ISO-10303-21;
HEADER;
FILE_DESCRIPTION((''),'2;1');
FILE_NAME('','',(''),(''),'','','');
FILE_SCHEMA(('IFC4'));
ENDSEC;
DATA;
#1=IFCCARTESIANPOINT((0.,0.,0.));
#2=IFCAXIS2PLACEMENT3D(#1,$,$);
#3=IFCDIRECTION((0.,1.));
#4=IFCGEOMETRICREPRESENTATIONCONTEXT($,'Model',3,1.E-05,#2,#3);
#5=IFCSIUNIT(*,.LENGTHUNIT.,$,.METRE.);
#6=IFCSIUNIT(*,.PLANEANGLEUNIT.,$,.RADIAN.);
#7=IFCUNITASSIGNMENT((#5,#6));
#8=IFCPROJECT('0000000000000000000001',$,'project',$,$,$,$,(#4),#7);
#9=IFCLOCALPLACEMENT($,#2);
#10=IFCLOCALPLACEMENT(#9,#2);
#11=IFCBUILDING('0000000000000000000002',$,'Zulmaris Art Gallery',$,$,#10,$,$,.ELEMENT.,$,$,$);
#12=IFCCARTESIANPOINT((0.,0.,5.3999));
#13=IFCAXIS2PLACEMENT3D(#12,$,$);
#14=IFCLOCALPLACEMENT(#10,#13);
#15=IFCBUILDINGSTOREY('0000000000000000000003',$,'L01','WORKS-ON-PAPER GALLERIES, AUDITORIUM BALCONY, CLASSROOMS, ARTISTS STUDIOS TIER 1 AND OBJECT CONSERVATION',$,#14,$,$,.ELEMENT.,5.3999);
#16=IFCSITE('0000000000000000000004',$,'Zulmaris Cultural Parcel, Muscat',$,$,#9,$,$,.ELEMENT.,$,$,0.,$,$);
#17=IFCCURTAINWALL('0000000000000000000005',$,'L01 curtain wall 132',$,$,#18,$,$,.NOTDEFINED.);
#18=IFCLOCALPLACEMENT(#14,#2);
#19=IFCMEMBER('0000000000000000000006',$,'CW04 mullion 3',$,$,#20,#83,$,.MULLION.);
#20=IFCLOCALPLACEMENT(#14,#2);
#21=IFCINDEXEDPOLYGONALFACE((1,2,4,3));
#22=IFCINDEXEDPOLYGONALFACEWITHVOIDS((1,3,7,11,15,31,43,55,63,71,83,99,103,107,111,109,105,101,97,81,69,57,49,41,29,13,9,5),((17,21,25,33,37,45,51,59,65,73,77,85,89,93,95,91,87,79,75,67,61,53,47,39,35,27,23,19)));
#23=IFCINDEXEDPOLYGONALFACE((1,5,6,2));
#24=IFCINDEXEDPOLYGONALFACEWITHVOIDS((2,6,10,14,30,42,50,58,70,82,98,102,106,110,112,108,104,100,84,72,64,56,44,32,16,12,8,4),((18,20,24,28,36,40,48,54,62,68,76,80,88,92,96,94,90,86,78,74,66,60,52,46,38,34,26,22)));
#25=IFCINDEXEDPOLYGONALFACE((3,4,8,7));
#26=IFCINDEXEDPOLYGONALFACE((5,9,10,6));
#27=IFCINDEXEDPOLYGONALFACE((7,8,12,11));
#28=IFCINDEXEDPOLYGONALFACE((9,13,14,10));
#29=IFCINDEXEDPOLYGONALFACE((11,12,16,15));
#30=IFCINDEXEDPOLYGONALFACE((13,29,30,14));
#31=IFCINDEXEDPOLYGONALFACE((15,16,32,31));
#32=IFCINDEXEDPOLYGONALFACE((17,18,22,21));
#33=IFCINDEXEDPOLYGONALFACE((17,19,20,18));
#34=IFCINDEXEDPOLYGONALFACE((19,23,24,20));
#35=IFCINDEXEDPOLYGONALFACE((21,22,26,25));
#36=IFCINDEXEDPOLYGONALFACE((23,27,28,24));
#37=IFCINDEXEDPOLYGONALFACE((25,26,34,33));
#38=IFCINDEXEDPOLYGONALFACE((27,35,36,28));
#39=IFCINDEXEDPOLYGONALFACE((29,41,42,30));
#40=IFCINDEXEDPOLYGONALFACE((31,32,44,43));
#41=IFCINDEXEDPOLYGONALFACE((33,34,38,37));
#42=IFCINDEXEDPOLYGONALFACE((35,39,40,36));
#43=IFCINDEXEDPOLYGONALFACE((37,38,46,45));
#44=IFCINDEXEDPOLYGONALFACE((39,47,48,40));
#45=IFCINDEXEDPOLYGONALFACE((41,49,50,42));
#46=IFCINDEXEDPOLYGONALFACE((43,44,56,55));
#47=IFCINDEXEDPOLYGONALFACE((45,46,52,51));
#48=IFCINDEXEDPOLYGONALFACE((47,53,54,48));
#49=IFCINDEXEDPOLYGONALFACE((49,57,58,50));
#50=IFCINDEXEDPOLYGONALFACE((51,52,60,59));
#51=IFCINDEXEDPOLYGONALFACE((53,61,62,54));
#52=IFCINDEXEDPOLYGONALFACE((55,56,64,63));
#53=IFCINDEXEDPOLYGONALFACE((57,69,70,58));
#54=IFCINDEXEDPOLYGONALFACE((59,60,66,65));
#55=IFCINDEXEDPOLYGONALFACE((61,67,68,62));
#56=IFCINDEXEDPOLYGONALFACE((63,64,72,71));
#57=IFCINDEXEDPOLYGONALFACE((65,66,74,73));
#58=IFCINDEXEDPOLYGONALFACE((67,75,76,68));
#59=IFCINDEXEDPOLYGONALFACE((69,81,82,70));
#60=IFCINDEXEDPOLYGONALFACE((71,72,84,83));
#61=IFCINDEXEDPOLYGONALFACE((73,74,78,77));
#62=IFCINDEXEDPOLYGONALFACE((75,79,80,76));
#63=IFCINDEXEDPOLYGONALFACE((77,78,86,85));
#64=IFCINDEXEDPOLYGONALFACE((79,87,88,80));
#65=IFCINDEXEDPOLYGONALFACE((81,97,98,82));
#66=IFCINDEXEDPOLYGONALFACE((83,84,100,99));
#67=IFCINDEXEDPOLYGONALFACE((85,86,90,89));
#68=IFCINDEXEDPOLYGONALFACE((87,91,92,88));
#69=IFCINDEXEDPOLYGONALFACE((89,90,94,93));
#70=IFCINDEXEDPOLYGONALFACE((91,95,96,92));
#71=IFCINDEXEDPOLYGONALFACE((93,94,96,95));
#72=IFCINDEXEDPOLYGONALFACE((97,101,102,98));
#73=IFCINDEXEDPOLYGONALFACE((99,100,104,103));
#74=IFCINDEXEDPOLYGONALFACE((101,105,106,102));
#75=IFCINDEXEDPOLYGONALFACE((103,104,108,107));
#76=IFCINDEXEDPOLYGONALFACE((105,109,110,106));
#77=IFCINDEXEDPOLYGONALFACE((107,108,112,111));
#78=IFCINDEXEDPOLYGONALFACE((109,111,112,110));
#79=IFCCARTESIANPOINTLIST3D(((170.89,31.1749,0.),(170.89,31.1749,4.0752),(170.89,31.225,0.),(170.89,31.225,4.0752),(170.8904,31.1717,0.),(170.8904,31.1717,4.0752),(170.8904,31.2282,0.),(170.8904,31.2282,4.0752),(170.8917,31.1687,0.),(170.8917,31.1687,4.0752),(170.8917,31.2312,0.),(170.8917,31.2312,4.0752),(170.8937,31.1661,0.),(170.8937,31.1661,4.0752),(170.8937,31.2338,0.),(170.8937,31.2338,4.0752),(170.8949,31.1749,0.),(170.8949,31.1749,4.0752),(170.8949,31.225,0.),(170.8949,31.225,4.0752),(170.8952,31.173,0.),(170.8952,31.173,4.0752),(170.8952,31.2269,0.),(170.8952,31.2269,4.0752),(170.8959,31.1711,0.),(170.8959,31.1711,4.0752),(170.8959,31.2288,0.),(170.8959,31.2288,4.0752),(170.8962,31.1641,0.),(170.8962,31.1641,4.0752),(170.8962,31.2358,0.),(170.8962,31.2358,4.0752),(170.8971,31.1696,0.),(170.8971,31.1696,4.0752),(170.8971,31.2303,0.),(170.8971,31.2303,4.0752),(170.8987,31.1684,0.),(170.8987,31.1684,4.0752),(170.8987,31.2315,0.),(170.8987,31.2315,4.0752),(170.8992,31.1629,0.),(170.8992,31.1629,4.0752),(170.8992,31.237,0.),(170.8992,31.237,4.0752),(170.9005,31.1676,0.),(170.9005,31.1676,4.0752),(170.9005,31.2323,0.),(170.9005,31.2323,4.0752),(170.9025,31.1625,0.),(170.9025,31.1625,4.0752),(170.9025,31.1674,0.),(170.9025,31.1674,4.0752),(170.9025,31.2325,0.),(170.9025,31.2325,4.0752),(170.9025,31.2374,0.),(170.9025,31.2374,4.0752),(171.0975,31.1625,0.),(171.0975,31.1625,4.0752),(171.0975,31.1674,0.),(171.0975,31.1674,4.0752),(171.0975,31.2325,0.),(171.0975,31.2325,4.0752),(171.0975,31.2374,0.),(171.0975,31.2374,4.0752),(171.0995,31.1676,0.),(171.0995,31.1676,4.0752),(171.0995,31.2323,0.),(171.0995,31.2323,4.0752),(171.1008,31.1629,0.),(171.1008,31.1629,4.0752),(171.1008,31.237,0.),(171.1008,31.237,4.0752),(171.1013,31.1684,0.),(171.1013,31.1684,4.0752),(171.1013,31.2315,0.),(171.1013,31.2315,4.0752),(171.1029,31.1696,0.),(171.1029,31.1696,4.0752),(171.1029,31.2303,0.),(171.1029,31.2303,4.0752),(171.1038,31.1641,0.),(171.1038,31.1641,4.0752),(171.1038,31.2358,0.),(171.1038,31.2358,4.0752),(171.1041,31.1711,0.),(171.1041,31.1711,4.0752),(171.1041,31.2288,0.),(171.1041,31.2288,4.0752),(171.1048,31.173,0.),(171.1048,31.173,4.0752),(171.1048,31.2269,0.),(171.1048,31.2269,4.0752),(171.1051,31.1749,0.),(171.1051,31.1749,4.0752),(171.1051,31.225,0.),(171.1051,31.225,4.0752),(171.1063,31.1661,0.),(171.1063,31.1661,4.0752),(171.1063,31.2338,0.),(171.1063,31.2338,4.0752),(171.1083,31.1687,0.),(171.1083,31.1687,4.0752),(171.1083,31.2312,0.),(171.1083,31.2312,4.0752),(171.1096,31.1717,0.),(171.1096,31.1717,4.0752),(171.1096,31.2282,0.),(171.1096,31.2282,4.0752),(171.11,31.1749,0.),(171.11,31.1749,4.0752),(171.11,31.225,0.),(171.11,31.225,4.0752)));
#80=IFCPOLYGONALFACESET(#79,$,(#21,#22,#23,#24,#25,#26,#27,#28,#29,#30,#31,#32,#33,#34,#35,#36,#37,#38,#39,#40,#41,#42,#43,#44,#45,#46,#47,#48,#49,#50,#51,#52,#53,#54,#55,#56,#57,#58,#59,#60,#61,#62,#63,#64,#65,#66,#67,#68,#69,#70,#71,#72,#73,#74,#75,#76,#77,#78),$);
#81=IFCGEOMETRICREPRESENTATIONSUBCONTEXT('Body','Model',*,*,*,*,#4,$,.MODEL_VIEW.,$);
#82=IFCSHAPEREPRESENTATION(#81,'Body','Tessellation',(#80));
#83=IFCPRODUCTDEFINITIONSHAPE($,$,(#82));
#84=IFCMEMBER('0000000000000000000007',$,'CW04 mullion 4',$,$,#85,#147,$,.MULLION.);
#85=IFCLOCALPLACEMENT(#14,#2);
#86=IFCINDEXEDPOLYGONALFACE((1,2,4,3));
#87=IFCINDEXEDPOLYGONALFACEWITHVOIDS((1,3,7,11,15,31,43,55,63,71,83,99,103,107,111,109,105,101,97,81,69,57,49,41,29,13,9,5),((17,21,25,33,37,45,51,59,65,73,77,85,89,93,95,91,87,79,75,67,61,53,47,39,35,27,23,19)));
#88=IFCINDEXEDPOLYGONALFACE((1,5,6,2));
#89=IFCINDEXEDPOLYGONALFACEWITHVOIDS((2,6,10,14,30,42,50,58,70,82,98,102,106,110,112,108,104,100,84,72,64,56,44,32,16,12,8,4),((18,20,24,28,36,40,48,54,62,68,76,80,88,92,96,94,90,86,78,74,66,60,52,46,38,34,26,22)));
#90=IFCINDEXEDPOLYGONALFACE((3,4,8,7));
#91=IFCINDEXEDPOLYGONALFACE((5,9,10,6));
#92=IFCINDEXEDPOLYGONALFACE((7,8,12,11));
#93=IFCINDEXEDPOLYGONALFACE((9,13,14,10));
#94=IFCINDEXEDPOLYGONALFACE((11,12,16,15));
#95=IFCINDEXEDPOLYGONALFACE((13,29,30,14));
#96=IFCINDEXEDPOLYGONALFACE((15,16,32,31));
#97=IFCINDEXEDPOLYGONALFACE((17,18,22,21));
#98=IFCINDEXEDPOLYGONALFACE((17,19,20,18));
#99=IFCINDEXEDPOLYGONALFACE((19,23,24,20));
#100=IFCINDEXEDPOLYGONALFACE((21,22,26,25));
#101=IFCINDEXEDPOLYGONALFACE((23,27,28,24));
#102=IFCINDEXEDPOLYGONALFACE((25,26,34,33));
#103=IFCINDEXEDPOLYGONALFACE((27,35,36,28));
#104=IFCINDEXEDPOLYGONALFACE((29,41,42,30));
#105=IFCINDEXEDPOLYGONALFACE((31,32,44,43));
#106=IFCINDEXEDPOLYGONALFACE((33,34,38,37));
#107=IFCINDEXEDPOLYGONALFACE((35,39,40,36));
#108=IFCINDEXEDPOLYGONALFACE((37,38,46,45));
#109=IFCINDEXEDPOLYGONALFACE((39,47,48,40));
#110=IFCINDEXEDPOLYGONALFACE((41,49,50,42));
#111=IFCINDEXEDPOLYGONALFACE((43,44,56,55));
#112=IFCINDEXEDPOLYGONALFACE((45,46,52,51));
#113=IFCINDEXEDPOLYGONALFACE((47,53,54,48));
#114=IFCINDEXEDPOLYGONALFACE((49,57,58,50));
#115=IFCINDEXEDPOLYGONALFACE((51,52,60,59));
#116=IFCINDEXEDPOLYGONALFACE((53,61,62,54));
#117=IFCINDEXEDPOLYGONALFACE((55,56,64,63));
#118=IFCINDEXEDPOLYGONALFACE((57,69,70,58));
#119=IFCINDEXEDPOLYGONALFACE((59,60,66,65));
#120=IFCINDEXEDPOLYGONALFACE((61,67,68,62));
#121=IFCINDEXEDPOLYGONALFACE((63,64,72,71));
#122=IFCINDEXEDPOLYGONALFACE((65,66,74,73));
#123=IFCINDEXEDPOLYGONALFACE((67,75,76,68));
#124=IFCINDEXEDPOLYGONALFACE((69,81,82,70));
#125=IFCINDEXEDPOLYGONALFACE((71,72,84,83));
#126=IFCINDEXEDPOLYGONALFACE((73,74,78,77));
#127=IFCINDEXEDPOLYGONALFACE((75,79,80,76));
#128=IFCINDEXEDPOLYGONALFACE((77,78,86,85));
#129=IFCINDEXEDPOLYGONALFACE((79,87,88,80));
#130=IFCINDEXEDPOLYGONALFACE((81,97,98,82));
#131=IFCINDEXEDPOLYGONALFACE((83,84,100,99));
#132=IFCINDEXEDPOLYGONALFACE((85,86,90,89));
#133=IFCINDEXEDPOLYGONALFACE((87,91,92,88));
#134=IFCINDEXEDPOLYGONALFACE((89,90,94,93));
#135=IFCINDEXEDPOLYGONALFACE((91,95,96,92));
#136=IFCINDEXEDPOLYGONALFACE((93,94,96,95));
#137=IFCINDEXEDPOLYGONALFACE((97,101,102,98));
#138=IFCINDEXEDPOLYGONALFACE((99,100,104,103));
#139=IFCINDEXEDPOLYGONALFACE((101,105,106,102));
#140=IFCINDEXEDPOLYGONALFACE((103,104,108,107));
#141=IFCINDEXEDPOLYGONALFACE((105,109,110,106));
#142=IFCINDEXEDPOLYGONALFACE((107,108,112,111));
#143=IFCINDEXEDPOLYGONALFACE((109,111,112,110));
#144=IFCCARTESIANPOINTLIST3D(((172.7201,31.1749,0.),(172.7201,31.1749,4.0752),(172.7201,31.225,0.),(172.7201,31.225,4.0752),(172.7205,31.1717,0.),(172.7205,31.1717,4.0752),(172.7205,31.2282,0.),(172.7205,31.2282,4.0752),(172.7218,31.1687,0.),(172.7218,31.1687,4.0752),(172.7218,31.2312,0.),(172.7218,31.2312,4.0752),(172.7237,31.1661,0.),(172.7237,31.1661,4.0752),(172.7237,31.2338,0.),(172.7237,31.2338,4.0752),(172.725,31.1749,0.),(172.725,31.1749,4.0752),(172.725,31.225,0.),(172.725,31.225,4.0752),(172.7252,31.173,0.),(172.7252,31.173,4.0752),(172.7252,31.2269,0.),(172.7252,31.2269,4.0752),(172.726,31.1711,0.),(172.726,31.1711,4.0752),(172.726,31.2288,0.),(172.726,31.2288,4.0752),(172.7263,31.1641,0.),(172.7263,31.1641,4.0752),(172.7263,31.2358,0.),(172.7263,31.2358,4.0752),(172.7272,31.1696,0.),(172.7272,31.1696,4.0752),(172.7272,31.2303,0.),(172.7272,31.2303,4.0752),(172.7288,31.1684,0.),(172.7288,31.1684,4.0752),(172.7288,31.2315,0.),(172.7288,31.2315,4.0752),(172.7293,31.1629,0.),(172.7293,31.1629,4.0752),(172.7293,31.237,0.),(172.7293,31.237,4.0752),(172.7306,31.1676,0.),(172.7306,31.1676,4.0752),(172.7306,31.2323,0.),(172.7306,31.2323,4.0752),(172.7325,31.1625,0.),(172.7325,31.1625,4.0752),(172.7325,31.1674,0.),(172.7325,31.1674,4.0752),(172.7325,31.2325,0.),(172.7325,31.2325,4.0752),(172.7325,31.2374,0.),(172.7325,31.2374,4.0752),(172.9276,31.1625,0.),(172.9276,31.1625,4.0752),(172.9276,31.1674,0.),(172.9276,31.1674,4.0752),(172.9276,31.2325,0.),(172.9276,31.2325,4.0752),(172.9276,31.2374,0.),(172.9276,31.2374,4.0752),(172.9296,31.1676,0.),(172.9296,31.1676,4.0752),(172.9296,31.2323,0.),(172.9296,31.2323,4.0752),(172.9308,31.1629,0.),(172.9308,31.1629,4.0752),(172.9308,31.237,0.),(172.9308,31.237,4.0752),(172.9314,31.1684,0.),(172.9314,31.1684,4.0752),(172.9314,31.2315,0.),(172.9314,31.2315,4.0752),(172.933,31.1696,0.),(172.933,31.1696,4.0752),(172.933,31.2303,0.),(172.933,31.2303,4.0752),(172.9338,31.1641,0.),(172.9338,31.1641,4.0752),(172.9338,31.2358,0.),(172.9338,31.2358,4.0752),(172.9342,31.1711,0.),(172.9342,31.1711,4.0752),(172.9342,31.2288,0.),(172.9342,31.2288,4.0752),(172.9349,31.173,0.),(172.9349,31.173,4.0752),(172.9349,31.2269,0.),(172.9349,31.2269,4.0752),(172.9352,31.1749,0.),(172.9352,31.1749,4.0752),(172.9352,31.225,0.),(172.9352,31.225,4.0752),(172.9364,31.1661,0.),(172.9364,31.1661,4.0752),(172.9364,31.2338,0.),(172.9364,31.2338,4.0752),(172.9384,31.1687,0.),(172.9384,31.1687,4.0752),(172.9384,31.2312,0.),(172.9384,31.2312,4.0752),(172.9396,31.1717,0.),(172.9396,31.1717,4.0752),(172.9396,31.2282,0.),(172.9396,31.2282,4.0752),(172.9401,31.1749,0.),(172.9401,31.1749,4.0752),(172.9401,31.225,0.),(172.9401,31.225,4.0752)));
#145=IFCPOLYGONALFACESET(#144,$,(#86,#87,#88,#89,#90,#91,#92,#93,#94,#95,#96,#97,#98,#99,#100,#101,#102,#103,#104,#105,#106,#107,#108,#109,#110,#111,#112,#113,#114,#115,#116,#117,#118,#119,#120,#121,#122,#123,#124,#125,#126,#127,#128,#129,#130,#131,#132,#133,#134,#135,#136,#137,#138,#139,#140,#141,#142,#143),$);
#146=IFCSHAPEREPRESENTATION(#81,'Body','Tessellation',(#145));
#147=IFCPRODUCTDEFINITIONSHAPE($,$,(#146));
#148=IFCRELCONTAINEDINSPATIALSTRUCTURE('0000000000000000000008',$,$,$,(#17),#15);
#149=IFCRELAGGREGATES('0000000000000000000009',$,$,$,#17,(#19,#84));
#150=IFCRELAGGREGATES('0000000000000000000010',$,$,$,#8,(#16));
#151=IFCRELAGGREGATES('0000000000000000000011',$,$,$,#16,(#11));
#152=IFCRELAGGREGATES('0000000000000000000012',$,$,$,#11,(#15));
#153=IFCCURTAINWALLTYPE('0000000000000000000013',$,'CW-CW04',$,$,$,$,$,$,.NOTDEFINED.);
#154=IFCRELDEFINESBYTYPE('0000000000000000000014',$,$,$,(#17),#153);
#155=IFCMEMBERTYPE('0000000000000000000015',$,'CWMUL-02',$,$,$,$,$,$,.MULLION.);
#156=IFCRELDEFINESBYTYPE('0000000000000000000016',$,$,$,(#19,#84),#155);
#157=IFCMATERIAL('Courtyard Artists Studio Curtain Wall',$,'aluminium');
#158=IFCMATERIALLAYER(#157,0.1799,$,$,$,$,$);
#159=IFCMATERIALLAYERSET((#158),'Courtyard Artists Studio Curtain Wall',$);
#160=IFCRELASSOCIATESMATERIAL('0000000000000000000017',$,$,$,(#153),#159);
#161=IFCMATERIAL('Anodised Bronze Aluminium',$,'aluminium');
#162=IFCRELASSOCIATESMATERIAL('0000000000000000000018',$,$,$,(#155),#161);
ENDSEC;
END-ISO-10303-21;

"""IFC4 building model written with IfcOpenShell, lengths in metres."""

from ifc_helpers import new_model, si_unit, direction, frame, origin, origin_2d, place, context, subcontext, project, spatial, hollow_rectangle, extrude, material, layer, layer_set, material_profile, profile_set, type_object, element, aggregate, save


model = new_model("IFC4")

# Units and contexts
model_context = context("Model", 3, precision=1e-05, world=origin(), true_north=direction((0.0, 1.0)))
body_context = subcontext(model_context, "Body", "Model", "MODEL_VIEW")
ifc_project = project(units=[si_unit("LENGTHUNIT", "METRE"), si_unit("PLANEANGLEUNIT", "RADIAN")], contexts=[model_context])

# Site, building, storey
site_placement = place(None, origin())
site = spatial("IfcSite", under=ifc_project, at=site_placement, Name="Zulmaris Cultural Parcel, Muscat", CompositionType="ELEMENT", RefElevation=0.0)
building_placement = place(site_placement, origin())
building = spatial("IfcBuilding", under=site, at=building_placement, Name="Zulmaris Art Gallery", CompositionType="ELEMENT")
storey_placement = place(building_placement, frame((0.0, 0.0, 5.3999)))
storey = spatial("IfcBuildingStorey", under=building, at=storey_placement, Name="L01", Description="WORKS-ON-PAPER GALLERIES, AUDITORIUM BALCONY, CLASSROOMS, ARTISTS STUDIOS TIER 1 AND OBJECT CONSERVATION", CompositionType="ELEMENT", Elevation=5.3999)

# Curtain wall, members
ifc_material_1 = material(Name="Courtyard Artists Studio Curtain Wall", Category="aluminium")
ifc_layer_1 = layer(ifc_material_1, 0.1799)
ifc_layer_set_1 = layer_set([ifc_layer_1], Name="Courtyard Artists Studio Curtain Wall")
curtain_wall_type = type_object("IfcCurtainWallType", Name="CW-CW04", PredefinedType="NOTDEFINED", material=ifc_layer_set_1)
curtain_wall_placement = place(storey_placement, origin())
curtain_wall = element("IfcCurtainWall", 1, at=curtain_wall_placement, inside=storey, type_object=curtain_wall_type, Name="L01 curtain wall 132", PredefinedType="NOTDEFINED")
ifc_material_2 = material(Name="Anodised Bronze Aluminium", Category="aluminium")
ifc_material_profile_1 = material_profile(ifc_material_2, hollow_rectangle(XDim=0.075, YDim=0.22, WallThickness=0.0049, InnerFilletRadius=0.0076, OuterFilletRadius=0.0125, at=origin_2d()), Name="ALU 75x220x5")
ifc_profile_set_1 = profile_set([ifc_material_profile_1], Name="Anodised Bronze Aluminium")
member_type_1 = type_object("IfcMemberType", Name="CWMUL-02", PredefinedType="MULLION", material=ifc_profile_set_1)
member_1_placement = place(storey_placement, frame((171.0, 31.2, 0.0), z_axis=(0.0, 0.0, 1.0), x_axis=(0.0, 1.0, 0.0)))
member_1 = element("IfcMember", 2, at=member_1_placement, type_object=member_type_1, Name="CW04 mullion 3", PredefinedType="MULLION", context=body_context, shape_type="SweptSolid", body=[
    extrude(hollow_rectangle(XDim=0.075, YDim=0.22, WallThickness=0.0049, InnerFilletRadius=0.0076, OuterFilletRadius=0.0125, at=origin_2d()), origin(), (0.0, 0.0, 1.0), 4.0752),
])
member_2_placement = place(storey_placement, frame((172.8301, 31.2, 0.0), z_axis=(0.0, 0.0, 1.0), x_axis=(0.0, 1.0, 0.0)))
member_2 = element("IfcMember", 3, at=member_2_placement, type_object=member_type_1, Name="CW04 mullion 4", PredefinedType="MULLION", context=body_context, shape_type="SweptSolid", body=[
    extrude(hollow_rectangle(XDim=0.075, YDim=0.22, WallThickness=0.0049, InnerFilletRadius=0.0076, OuterFilletRadius=0.0125, at=origin_2d()), origin(), (0.0, 0.0, 1.0), 4.0752),
])
aggregate(curtain_wall, [member_1, member_2])

save(model, "model.ifc")
